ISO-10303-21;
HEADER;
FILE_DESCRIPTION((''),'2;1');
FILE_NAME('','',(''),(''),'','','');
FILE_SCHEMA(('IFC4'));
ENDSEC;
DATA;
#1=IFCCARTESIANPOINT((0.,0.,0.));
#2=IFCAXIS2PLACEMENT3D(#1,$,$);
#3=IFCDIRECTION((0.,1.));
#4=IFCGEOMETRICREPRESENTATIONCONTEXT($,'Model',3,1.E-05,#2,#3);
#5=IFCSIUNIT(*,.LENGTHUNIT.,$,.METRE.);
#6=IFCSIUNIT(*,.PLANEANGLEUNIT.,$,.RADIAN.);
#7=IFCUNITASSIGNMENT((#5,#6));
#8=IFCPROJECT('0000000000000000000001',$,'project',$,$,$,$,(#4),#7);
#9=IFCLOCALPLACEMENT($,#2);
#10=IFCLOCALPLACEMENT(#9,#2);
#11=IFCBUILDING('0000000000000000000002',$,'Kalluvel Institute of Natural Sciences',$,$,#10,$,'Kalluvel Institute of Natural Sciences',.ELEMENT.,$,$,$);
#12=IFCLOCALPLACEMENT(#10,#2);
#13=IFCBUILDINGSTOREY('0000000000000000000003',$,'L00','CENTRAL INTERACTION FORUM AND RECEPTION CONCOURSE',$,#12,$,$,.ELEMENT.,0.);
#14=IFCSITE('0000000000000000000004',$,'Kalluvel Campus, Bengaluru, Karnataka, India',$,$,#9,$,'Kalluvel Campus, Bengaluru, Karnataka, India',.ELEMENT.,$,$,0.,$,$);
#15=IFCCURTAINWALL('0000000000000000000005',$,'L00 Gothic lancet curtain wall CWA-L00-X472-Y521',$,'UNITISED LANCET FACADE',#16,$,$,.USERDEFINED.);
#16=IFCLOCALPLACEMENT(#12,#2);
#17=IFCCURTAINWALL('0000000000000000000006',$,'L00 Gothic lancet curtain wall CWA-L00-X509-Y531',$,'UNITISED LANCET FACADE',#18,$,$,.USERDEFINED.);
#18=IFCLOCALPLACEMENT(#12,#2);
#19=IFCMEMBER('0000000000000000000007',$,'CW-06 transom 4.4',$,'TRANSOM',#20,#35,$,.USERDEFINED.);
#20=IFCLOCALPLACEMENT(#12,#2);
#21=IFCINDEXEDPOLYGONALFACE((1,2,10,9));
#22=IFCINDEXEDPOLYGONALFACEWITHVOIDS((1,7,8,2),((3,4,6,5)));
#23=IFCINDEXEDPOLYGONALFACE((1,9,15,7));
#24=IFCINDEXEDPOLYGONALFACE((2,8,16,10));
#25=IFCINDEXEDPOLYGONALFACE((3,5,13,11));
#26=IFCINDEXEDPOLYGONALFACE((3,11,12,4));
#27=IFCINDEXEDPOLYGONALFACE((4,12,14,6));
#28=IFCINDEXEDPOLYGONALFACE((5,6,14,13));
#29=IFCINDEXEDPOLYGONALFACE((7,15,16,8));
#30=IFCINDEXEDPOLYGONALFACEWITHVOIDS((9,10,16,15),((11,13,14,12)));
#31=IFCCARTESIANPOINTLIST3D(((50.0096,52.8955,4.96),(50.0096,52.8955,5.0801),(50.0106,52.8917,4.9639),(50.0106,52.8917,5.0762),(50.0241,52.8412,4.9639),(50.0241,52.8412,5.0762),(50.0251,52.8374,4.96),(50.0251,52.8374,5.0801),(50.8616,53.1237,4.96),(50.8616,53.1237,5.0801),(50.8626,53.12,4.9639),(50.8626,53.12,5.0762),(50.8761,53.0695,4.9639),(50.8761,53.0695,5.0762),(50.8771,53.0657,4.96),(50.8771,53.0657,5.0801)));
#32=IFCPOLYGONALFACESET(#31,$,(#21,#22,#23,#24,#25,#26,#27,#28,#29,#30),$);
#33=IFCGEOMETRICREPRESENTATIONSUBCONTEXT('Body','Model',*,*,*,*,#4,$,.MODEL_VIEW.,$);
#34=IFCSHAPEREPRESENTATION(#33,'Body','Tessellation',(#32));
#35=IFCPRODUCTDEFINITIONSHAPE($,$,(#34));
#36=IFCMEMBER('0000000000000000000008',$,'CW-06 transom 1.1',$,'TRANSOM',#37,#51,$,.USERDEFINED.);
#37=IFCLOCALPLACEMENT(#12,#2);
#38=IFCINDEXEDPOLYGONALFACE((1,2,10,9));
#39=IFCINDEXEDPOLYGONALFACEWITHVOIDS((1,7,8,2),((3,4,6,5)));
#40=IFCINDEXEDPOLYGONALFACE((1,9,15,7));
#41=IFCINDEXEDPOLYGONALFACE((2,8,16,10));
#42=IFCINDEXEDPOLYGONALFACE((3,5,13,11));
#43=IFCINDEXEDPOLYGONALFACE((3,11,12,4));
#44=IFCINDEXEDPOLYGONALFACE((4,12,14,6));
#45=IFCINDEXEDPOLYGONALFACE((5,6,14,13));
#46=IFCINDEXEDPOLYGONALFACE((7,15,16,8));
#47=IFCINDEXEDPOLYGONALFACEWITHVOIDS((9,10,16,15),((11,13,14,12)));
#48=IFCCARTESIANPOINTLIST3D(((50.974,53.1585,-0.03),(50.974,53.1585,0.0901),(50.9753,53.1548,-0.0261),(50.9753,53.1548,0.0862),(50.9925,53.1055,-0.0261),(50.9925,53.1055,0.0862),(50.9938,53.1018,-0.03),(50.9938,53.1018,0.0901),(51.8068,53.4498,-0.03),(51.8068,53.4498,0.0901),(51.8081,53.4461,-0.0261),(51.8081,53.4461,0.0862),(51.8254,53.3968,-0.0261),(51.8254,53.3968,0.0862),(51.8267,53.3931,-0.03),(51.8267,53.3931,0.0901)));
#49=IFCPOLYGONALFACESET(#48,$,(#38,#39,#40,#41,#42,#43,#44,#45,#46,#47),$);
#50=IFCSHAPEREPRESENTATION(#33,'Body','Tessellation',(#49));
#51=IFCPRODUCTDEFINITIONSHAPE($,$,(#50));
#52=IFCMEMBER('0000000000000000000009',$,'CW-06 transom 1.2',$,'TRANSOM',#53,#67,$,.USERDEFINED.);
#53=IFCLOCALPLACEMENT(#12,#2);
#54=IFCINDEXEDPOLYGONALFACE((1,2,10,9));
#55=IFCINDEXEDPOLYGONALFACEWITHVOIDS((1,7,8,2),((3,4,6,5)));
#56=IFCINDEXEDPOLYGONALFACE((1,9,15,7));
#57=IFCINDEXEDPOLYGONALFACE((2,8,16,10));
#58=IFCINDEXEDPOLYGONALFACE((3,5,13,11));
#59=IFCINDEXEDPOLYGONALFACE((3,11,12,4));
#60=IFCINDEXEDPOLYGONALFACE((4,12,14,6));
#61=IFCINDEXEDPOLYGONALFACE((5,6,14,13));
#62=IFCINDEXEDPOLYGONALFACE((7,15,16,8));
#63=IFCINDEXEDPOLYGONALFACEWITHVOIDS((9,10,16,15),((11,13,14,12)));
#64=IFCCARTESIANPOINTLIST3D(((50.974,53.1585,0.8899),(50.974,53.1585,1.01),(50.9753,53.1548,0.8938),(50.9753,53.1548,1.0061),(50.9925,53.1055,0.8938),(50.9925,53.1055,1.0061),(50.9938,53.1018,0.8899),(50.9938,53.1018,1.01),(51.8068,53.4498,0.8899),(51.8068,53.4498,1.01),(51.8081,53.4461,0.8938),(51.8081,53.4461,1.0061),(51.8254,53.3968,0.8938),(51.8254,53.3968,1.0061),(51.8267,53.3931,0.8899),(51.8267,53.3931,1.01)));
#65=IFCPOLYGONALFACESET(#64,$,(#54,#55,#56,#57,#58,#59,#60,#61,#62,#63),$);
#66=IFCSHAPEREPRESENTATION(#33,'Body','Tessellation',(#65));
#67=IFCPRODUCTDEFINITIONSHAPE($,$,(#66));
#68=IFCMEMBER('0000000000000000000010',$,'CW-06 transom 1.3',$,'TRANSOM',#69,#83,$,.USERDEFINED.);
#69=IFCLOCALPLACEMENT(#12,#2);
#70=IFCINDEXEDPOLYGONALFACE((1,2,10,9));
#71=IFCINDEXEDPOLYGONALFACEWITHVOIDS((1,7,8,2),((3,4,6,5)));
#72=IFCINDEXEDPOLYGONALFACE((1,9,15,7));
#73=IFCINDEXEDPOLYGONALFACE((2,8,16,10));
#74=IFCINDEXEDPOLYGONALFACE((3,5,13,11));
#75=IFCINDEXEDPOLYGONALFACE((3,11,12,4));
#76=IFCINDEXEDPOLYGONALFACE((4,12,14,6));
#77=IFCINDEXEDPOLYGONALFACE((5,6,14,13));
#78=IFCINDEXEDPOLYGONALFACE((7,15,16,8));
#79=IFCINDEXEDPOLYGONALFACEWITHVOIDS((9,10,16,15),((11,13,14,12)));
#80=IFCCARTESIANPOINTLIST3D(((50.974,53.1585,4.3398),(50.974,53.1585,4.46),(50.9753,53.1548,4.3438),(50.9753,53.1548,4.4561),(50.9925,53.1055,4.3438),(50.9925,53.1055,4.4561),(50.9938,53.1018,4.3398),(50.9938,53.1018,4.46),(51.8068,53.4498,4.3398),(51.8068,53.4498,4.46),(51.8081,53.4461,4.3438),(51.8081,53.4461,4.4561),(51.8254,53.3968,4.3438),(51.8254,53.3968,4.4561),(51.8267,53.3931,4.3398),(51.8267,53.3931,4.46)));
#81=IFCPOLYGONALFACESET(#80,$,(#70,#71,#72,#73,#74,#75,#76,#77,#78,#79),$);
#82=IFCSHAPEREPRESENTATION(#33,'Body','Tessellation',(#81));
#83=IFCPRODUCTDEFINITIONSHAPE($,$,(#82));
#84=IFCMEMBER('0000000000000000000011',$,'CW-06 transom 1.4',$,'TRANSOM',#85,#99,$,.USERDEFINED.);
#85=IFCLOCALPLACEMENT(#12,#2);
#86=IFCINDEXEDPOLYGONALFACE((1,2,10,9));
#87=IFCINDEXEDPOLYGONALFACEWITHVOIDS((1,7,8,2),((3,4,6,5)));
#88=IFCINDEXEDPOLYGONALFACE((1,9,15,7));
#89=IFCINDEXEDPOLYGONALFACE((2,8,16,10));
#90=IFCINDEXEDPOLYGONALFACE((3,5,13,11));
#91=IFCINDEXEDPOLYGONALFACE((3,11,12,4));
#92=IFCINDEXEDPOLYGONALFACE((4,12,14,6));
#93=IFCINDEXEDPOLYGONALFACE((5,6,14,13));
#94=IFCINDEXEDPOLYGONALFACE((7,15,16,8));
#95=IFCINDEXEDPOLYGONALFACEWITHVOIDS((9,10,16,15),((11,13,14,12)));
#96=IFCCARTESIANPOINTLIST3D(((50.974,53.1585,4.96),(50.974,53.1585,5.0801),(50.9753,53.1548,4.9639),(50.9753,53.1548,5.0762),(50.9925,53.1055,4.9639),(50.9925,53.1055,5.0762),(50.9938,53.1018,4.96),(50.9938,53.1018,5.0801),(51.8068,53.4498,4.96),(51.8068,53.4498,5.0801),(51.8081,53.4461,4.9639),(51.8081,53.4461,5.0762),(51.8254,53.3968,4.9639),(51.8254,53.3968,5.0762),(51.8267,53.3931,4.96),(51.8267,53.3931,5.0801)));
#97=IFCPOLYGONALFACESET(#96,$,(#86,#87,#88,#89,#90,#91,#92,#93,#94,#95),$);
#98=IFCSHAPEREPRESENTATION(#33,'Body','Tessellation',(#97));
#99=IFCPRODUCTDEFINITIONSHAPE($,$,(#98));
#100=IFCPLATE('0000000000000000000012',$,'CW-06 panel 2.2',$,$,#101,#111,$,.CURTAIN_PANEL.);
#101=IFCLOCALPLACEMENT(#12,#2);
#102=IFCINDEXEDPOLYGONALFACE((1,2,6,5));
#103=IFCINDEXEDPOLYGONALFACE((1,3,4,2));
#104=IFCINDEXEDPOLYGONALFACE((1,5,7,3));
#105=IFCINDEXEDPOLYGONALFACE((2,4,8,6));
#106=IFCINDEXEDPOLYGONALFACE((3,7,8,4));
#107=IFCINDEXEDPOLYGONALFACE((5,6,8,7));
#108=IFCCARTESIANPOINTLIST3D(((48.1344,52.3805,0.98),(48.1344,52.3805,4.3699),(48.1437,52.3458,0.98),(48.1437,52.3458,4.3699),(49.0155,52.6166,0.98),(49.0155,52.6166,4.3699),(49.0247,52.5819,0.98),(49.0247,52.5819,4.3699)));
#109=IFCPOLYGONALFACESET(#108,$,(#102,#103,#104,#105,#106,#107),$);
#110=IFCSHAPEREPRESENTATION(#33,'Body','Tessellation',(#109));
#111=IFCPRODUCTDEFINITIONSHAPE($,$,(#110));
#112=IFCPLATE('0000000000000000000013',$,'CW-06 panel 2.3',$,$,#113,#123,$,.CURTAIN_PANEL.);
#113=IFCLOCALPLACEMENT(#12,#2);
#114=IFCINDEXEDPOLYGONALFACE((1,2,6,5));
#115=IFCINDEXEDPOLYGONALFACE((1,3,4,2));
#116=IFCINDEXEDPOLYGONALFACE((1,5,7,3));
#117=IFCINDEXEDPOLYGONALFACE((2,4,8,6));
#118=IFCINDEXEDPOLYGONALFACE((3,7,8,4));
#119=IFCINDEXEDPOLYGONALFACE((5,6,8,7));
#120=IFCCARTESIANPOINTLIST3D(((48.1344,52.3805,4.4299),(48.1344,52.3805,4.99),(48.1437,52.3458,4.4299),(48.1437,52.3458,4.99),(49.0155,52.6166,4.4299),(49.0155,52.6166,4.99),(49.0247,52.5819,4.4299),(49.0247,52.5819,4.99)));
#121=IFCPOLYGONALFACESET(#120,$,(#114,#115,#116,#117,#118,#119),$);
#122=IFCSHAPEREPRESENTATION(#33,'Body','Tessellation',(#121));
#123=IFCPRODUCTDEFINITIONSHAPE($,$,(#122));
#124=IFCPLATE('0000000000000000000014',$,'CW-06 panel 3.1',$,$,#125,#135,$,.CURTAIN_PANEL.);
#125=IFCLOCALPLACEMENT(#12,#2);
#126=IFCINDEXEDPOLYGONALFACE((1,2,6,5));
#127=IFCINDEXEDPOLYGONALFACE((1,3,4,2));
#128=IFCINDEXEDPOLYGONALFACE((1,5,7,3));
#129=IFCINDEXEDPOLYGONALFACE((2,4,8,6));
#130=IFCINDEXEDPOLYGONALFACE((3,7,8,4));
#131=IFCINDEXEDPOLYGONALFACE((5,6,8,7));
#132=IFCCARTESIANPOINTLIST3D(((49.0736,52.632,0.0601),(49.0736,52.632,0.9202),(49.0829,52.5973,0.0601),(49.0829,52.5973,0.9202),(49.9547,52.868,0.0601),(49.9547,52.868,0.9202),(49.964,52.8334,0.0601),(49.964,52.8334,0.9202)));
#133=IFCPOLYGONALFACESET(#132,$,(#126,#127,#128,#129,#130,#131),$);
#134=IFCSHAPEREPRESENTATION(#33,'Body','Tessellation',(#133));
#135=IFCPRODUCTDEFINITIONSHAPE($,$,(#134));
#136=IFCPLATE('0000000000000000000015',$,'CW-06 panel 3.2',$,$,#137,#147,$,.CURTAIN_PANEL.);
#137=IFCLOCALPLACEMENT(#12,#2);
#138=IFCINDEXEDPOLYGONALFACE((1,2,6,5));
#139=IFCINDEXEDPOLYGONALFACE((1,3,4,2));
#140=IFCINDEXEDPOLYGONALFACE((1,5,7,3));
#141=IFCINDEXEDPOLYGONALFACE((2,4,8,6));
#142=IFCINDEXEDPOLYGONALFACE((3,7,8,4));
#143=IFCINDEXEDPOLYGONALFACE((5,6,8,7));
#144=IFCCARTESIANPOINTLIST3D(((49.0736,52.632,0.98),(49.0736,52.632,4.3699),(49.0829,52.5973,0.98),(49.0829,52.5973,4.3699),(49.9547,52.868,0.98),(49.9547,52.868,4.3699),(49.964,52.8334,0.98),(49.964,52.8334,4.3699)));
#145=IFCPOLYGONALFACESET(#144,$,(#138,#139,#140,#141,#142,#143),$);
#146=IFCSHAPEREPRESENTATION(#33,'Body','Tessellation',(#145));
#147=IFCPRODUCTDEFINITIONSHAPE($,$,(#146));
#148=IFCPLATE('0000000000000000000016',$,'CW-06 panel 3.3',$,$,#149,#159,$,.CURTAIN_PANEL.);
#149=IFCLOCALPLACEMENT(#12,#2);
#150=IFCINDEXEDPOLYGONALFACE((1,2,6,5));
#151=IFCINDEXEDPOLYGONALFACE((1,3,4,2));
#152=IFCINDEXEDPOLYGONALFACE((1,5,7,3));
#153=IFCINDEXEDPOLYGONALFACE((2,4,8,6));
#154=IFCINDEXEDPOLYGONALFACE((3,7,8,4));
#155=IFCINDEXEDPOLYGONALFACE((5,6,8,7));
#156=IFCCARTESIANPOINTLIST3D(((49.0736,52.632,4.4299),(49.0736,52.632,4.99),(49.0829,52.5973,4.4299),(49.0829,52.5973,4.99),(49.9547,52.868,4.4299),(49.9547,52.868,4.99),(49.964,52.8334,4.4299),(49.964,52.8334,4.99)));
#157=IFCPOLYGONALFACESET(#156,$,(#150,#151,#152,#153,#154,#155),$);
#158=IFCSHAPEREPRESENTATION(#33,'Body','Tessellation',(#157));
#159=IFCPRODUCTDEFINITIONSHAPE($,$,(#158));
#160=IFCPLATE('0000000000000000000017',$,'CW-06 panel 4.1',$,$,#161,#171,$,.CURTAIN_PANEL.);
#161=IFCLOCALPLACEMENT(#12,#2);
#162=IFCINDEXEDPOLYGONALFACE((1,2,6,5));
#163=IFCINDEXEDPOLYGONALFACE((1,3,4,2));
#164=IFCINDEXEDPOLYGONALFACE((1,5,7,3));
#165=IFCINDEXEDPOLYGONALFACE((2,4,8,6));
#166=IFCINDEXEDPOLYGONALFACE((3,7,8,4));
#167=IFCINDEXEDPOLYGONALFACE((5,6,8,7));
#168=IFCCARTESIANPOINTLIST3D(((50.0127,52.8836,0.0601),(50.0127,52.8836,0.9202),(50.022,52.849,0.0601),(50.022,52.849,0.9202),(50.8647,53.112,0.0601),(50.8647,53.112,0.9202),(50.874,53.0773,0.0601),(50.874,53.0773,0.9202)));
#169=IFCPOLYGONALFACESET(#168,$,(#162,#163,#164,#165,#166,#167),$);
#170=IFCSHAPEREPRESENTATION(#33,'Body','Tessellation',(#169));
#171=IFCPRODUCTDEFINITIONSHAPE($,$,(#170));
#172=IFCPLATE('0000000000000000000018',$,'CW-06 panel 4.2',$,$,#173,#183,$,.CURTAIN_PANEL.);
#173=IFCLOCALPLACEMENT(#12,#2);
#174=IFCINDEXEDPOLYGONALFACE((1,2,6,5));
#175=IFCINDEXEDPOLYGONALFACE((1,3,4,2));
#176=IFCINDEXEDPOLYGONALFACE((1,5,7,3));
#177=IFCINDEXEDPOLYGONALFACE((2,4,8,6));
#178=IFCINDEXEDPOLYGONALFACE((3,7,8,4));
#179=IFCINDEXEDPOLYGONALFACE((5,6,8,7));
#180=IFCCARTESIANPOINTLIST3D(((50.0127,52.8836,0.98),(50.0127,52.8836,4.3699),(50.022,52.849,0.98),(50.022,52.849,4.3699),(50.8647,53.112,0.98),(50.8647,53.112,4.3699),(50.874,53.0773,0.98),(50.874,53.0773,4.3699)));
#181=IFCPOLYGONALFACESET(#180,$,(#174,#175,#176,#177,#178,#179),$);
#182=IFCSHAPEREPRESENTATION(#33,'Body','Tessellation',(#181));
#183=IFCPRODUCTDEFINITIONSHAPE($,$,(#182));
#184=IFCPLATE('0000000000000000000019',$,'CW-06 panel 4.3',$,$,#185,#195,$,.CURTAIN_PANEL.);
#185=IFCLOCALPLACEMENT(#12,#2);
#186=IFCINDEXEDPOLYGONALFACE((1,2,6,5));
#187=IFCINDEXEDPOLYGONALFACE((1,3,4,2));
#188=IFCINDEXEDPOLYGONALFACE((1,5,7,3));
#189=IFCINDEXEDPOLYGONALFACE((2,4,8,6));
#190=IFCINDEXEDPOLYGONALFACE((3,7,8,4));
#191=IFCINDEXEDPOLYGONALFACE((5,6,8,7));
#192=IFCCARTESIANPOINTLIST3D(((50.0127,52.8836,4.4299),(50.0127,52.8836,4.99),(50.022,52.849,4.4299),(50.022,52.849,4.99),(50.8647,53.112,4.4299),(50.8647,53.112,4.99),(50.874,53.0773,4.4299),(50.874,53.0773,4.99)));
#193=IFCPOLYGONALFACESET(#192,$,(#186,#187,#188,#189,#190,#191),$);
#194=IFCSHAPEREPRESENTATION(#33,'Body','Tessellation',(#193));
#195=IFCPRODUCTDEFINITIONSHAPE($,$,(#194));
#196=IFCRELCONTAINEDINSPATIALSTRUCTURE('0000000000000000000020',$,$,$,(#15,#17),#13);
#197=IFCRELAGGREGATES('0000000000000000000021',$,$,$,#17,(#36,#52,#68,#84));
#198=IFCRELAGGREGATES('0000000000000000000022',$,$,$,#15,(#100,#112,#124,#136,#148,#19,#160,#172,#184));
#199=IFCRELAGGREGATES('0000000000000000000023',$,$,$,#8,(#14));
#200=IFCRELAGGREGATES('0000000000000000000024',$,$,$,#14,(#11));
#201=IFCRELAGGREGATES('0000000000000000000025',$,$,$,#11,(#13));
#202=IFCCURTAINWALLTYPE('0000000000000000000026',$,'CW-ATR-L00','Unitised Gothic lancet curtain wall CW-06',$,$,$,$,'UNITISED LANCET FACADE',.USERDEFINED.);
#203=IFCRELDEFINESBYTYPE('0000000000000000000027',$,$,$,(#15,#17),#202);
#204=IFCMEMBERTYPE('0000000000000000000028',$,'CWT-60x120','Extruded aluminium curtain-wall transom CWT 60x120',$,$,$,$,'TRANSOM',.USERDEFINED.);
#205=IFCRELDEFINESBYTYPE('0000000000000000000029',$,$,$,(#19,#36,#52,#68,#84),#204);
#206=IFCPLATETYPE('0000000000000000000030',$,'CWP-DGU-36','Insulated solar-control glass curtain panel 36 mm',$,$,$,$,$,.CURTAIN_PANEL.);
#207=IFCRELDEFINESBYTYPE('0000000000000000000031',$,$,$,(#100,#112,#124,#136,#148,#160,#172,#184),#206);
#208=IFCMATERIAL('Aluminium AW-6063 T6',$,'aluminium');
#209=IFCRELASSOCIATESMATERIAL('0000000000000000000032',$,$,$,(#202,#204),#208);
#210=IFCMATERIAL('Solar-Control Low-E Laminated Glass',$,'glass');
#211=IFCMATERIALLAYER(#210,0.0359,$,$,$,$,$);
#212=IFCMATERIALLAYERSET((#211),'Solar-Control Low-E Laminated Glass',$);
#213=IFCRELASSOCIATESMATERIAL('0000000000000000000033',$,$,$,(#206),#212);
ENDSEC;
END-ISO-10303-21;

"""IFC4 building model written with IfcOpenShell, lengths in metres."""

from ifc_helpers import new_model, si_unit, direction, frame, origin, origin_2d, place, context, subcontext, project, spatial, rectangle, hollow_rectangle, extrude, material, layer, layer_set, material_profile, profile_set, type_object, element, aggregate, save


model = new_model("IFC4")

# Units and contexts
model_context = context("Model", 3, precision=1e-05, world=origin(), true_north=direction((0.0, 1.0)))
body_context = subcontext(model_context, "Body", "Model", "MODEL_VIEW")
ifc_project = project(units=[si_unit("LENGTHUNIT", "METRE"), si_unit("PLANEANGLEUNIT", "RADIAN")], contexts=[model_context])

# Site, building, storey
site_placement = place(None, origin())
site = spatial("IfcSite", under=ifc_project, at=site_placement, Name="Kalluvel Campus, Bengaluru, Karnataka, India", LongName="Kalluvel Campus, Bengaluru, Karnataka, India", CompositionType="ELEMENT", RefElevation=0.0)
building_placement = place(site_placement, origin())
building = spatial("IfcBuilding", under=site, at=building_placement, Name="Kalluvel Institute of Natural Sciences", LongName="Kalluvel Institute of Natural Sciences", CompositionType="ELEMENT")
storey_placement = place(building_placement, origin())
storey = spatial("IfcBuildingStorey", under=building, at=storey_placement, Name="L00", Description="CENTRAL INTERACTION FORUM AND RECEPTION CONCOURSE", CompositionType="ELEMENT", Elevation=0.0)

# Curtain wall
ifc_material_1 = material(Name="Aluminium AW-6063 T6", Category="aluminium")
curtain_wall_type = type_object("IfcCurtainWallType", Name="CW-ATR-L00", Description="Unitised Gothic lancet curtain wall CW-06", ElementType="UNITISED LANCET FACADE", PredefinedType="USERDEFINED", material=ifc_material_1)
curtain_wall_1_placement = place(storey_placement, origin())
curtain_wall_1 = element("IfcCurtainWall", 1, at=curtain_wall_1_placement, inside=storey, type_object=curtain_wall_type, Name="L00 Gothic lancet curtain wall CWA-L00-X472-Y521", ObjectType="UNITISED LANCET FACADE", PredefinedType="USERDEFINED")

# Curtain wall
curtain_wall_2_placement = place(storey_placement, origin())
curtain_wall_2 = element("IfcCurtainWall", 2, at=curtain_wall_2_placement, inside=storey, type_object=curtain_wall_type, Name="L00 Gothic lancet curtain wall CWA-L00-X509-Y531", ObjectType="UNITISED LANCET FACADE", PredefinedType="USERDEFINED")

# Members
ifc_material_profile_1 = material_profile(ifc_material_1, hollow_rectangle(XDim=0.0601, YDim=0.1201, WallThickness=0.0039, at=origin_2d()), Name="CWT 60x120")
ifc_profile_set_1 = profile_set([ifc_material_profile_1], Name="Aluminium AW-6063 T6")
member_type_1 = type_object("IfcMemberType", Name="CWT-60x120", Description="Extruded aluminium curtain-wall transom CWT 60x120", ElementType="TRANSOM", PredefinedType="USERDEFINED", material=ifc_profile_set_1)
member_1_placement = place(storey_placement, frame((50.0173, 52.8665, 5.02), z_axis=(0.965936, 0.258782, 0.0), x_axis=(-0.258782, 0.965936, 0.0)))
member_1 = element("IfcMember", 3, at=member_1_placement, type_object=member_type_1, Name="CW-06 transom 4.4", ObjectType="TRANSOM", PredefinedType="USERDEFINED", context=body_context, shape_type="SweptSolid", body=[
    extrude(hollow_rectangle(XDim=0.0601, YDim=0.1201, WallThickness=0.0039, at=origin_2d()), origin(), (0.0, 0.0, 1.0), 0.8821),
])
member_2_placement = place(storey_placement, frame((50.9839, 53.1301, 0.03), z_axis=(0.943932, 0.330141, 0.0), x_axis=(-0.330141, 0.943932, 0.0)))
member_2 = element("IfcMember", 4, at=member_2_placement, type_object=member_type_1, Name="CW-06 transom 1.1", ObjectType="TRANSOM", PredefinedType="USERDEFINED", context=body_context, shape_type="SweptSolid", body=[
    extrude(hollow_rectangle(XDim=0.0601, YDim=0.1201, WallThickness=0.0039, at=origin_2d()), origin(), (0.0, 0.0, 1.0), 0.8823),
])
member_3_placement = place(storey_placement, frame((50.9839, 53.1301, 0.95), z_axis=(0.943932, 0.330141, 0.0), x_axis=(-0.330141, 0.943932, 0.0)))
member_3 = element("IfcMember", 5, at=member_3_placement, type_object=member_type_1, Name="CW-06 transom 1.2", ObjectType="TRANSOM", PredefinedType="USERDEFINED", context=body_context, shape_type="SweptSolid", body=[
    extrude(hollow_rectangle(XDim=0.0601, YDim=0.1201, WallThickness=0.0039, at=origin_2d()), origin(), (0.0, 0.0, 1.0), 0.8823),
])
member_4_placement = place(storey_placement, frame((50.9839, 53.1301, 4.3999), z_axis=(0.943932, 0.330141, 0.0), x_axis=(-0.330141, 0.943932, 0.0)))
member_4 = element("IfcMember", 6, at=member_4_placement, type_object=member_type_1, Name="CW-06 transom 1.3", ObjectType="TRANSOM", PredefinedType="USERDEFINED", context=body_context, shape_type="SweptSolid", body=[
    extrude(hollow_rectangle(XDim=0.0601, YDim=0.1201, WallThickness=0.0039, at=origin_2d()), origin(), (0.0, 0.0, 1.0), 0.8823),
])
member_5_placement = place(storey_placement, frame((50.9839, 53.1301, 5.02), z_axis=(0.943932, 0.330141, 0.0), x_axis=(-0.330141, 0.943932, 0.0)))
member_5 = element("IfcMember", 7, at=member_5_placement, type_object=member_type_1, Name="CW-06 transom 1.4", ObjectType="TRANSOM", PredefinedType="USERDEFINED", context=body_context, shape_type="SweptSolid", body=[
    extrude(hollow_rectangle(XDim=0.0601, YDim=0.1201, WallThickness=0.0039, at=origin_2d()), origin(), (0.0, 0.0, 1.0), 0.8823),
])
aggregate(curtain_wall_2, [member_2, member_3, member_4, member_5])

# Plates
ifc_material_2 = material(Name="Solar-Control Low-E Laminated Glass", Category="glass")
ifc_layer_1 = layer(ifc_material_2, 0.0359)
ifc_layer_set_1 = layer_set([ifc_layer_1], Name="Solar-Control Low-E Laminated Glass")
plate_type = type_object("IfcPlateType", Name="CWP-DGU-36", Description="Insulated solar-control glass curtain panel 36 mm", PredefinedType="CURTAIN_PANEL", material=ifc_layer_set_1)
plate_1_placement = place(storey_placement, frame((48.5796, 52.4812, 0.98), z_axis=(0.0, 0.0, 1.0), x_axis=(0.965924, 0.258826, 0.0)))
plate_1 = element("IfcPlate", 8, at=plate_1_placement, type_object=plate_type, Name="CW-06 panel 2.2", PredefinedType="CURTAIN_PANEL", context=body_context, shape_type="SweptSolid", body=[
    extrude(rectangle(XDim=0.9121, YDim=0.0359, at=origin_2d()), origin(), (0.0, 0.0, 1.0), 3.3899),
])
plate_2_placement = place(storey_placement, frame((48.5796, 52.4812, 4.4299), z_axis=(0.0, 0.0, 1.0), x_axis=(0.965924, 0.258826, 0.0)))
plate_2 = element("IfcPlate", 9, at=plate_2_placement, type_object=plate_type, Name="CW-06 panel 2.3", PredefinedType="CURTAIN_PANEL", context=body_context, shape_type="SweptSolid", body=[
    extrude(rectangle(XDim=0.9121, YDim=0.0359, at=origin_2d()), origin(), (0.0, 0.0, 1.0), 0.5601),
])
plate_3_placement = place(storey_placement, frame((49.5188, 52.7327, 0.0601), z_axis=(0.0, 0.0, 1.0), x_axis=(0.965924, 0.258826, 0.0)))
plate_3 = element("IfcPlate", 10, at=plate_3_placement, type_object=plate_type, Name="CW-06 panel 3.1", PredefinedType="CURTAIN_PANEL", context=body_context, shape_type="SweptSolid", body=[
    extrude(rectangle(XDim=0.9121, YDim=0.0359, at=origin_2d()), origin(), (0.0, 0.0, 1.0), 0.8601),
])
plate_4_placement = place(storey_placement, frame((49.5188, 52.7327, 0.98), z_axis=(0.0, 0.0, 1.0), x_axis=(0.965924, 0.258826, 0.0)))
plate_4 = element("IfcPlate", 11, at=plate_4_placement, type_object=plate_type, Name="CW-06 panel 3.2", PredefinedType="CURTAIN_PANEL", context=body_context, shape_type="SweptSolid", body=[
    extrude(rectangle(XDim=0.9121, YDim=0.0359, at=origin_2d()), origin(), (0.0, 0.0, 1.0), 3.3899),
])
plate_5_placement = place(storey_placement, frame((49.5188, 52.7327, 4.4299), z_axis=(0.0, 0.0, 1.0), x_axis=(0.965924, 0.258826, 0.0)))
plate_5 = element("IfcPlate", 12, at=plate_5_placement, type_object=plate_type, Name="CW-06 panel 3.3", PredefinedType="CURTAIN_PANEL", context=body_context, shape_type="SweptSolid", body=[
    extrude(rectangle(XDim=0.9121, YDim=0.0359, at=origin_2d()), origin(), (0.0, 0.0, 1.0), 0.5601),
])
plate_6_placement = place(storey_placement, frame((50.4434, 52.9805, 0.0601), z_axis=(0.0, 0.0, 1.0), x_axis=(0.965924, 0.258826, 0.0)))
plate_6 = element("IfcPlate", 13, at=plate_6_placement, type_object=plate_type, Name="CW-06 panel 4.1", PredefinedType="CURTAIN_PANEL", context=body_context, shape_type="SweptSolid", body=[
    extrude(rectangle(XDim=0.8821, YDim=0.0359, at=origin_2d()), origin(), (0.0, 0.0, 1.0), 0.8601),
])
plate_7_placement = place(storey_placement, frame((50.4434, 52.9805, 0.98), z_axis=(0.0, 0.0, 1.0), x_axis=(0.965924, 0.258826, 0.0)))
plate_7 = element("IfcPlate", 14, at=plate_7_placement, type_object=plate_type, Name="CW-06 panel 4.2", PredefinedType="CURTAIN_PANEL", context=body_context, shape_type="SweptSolid", body=[
    extrude(rectangle(XDim=0.8821, YDim=0.0359, at=origin_2d()), origin(), (0.0, 0.0, 1.0), 3.3899),
])
plate_8_placement = place(storey_placement, frame((50.4434, 52.9805, 4.4299), z_axis=(0.0, 0.0, 1.0), x_axis=(0.965924, 0.258826, 0.0)))
plate_8 = element("IfcPlate", 15, at=plate_8_placement, type_object=plate_type, Name="CW-06 panel 4.3", PredefinedType="CURTAIN_PANEL", context=body_context, shape_type="SweptSolid", body=[
    extrude(rectangle(XDim=0.8821, YDim=0.0359, at=origin_2d()), origin(), (0.0, 0.0, 1.0), 0.5601),
])
aggregate(curtain_wall_1, [plate_1, plate_2, plate_3, plate_4, plate_5, member_1, plate_6, plate_7, plate_8])

save(model, "model.ifc")
